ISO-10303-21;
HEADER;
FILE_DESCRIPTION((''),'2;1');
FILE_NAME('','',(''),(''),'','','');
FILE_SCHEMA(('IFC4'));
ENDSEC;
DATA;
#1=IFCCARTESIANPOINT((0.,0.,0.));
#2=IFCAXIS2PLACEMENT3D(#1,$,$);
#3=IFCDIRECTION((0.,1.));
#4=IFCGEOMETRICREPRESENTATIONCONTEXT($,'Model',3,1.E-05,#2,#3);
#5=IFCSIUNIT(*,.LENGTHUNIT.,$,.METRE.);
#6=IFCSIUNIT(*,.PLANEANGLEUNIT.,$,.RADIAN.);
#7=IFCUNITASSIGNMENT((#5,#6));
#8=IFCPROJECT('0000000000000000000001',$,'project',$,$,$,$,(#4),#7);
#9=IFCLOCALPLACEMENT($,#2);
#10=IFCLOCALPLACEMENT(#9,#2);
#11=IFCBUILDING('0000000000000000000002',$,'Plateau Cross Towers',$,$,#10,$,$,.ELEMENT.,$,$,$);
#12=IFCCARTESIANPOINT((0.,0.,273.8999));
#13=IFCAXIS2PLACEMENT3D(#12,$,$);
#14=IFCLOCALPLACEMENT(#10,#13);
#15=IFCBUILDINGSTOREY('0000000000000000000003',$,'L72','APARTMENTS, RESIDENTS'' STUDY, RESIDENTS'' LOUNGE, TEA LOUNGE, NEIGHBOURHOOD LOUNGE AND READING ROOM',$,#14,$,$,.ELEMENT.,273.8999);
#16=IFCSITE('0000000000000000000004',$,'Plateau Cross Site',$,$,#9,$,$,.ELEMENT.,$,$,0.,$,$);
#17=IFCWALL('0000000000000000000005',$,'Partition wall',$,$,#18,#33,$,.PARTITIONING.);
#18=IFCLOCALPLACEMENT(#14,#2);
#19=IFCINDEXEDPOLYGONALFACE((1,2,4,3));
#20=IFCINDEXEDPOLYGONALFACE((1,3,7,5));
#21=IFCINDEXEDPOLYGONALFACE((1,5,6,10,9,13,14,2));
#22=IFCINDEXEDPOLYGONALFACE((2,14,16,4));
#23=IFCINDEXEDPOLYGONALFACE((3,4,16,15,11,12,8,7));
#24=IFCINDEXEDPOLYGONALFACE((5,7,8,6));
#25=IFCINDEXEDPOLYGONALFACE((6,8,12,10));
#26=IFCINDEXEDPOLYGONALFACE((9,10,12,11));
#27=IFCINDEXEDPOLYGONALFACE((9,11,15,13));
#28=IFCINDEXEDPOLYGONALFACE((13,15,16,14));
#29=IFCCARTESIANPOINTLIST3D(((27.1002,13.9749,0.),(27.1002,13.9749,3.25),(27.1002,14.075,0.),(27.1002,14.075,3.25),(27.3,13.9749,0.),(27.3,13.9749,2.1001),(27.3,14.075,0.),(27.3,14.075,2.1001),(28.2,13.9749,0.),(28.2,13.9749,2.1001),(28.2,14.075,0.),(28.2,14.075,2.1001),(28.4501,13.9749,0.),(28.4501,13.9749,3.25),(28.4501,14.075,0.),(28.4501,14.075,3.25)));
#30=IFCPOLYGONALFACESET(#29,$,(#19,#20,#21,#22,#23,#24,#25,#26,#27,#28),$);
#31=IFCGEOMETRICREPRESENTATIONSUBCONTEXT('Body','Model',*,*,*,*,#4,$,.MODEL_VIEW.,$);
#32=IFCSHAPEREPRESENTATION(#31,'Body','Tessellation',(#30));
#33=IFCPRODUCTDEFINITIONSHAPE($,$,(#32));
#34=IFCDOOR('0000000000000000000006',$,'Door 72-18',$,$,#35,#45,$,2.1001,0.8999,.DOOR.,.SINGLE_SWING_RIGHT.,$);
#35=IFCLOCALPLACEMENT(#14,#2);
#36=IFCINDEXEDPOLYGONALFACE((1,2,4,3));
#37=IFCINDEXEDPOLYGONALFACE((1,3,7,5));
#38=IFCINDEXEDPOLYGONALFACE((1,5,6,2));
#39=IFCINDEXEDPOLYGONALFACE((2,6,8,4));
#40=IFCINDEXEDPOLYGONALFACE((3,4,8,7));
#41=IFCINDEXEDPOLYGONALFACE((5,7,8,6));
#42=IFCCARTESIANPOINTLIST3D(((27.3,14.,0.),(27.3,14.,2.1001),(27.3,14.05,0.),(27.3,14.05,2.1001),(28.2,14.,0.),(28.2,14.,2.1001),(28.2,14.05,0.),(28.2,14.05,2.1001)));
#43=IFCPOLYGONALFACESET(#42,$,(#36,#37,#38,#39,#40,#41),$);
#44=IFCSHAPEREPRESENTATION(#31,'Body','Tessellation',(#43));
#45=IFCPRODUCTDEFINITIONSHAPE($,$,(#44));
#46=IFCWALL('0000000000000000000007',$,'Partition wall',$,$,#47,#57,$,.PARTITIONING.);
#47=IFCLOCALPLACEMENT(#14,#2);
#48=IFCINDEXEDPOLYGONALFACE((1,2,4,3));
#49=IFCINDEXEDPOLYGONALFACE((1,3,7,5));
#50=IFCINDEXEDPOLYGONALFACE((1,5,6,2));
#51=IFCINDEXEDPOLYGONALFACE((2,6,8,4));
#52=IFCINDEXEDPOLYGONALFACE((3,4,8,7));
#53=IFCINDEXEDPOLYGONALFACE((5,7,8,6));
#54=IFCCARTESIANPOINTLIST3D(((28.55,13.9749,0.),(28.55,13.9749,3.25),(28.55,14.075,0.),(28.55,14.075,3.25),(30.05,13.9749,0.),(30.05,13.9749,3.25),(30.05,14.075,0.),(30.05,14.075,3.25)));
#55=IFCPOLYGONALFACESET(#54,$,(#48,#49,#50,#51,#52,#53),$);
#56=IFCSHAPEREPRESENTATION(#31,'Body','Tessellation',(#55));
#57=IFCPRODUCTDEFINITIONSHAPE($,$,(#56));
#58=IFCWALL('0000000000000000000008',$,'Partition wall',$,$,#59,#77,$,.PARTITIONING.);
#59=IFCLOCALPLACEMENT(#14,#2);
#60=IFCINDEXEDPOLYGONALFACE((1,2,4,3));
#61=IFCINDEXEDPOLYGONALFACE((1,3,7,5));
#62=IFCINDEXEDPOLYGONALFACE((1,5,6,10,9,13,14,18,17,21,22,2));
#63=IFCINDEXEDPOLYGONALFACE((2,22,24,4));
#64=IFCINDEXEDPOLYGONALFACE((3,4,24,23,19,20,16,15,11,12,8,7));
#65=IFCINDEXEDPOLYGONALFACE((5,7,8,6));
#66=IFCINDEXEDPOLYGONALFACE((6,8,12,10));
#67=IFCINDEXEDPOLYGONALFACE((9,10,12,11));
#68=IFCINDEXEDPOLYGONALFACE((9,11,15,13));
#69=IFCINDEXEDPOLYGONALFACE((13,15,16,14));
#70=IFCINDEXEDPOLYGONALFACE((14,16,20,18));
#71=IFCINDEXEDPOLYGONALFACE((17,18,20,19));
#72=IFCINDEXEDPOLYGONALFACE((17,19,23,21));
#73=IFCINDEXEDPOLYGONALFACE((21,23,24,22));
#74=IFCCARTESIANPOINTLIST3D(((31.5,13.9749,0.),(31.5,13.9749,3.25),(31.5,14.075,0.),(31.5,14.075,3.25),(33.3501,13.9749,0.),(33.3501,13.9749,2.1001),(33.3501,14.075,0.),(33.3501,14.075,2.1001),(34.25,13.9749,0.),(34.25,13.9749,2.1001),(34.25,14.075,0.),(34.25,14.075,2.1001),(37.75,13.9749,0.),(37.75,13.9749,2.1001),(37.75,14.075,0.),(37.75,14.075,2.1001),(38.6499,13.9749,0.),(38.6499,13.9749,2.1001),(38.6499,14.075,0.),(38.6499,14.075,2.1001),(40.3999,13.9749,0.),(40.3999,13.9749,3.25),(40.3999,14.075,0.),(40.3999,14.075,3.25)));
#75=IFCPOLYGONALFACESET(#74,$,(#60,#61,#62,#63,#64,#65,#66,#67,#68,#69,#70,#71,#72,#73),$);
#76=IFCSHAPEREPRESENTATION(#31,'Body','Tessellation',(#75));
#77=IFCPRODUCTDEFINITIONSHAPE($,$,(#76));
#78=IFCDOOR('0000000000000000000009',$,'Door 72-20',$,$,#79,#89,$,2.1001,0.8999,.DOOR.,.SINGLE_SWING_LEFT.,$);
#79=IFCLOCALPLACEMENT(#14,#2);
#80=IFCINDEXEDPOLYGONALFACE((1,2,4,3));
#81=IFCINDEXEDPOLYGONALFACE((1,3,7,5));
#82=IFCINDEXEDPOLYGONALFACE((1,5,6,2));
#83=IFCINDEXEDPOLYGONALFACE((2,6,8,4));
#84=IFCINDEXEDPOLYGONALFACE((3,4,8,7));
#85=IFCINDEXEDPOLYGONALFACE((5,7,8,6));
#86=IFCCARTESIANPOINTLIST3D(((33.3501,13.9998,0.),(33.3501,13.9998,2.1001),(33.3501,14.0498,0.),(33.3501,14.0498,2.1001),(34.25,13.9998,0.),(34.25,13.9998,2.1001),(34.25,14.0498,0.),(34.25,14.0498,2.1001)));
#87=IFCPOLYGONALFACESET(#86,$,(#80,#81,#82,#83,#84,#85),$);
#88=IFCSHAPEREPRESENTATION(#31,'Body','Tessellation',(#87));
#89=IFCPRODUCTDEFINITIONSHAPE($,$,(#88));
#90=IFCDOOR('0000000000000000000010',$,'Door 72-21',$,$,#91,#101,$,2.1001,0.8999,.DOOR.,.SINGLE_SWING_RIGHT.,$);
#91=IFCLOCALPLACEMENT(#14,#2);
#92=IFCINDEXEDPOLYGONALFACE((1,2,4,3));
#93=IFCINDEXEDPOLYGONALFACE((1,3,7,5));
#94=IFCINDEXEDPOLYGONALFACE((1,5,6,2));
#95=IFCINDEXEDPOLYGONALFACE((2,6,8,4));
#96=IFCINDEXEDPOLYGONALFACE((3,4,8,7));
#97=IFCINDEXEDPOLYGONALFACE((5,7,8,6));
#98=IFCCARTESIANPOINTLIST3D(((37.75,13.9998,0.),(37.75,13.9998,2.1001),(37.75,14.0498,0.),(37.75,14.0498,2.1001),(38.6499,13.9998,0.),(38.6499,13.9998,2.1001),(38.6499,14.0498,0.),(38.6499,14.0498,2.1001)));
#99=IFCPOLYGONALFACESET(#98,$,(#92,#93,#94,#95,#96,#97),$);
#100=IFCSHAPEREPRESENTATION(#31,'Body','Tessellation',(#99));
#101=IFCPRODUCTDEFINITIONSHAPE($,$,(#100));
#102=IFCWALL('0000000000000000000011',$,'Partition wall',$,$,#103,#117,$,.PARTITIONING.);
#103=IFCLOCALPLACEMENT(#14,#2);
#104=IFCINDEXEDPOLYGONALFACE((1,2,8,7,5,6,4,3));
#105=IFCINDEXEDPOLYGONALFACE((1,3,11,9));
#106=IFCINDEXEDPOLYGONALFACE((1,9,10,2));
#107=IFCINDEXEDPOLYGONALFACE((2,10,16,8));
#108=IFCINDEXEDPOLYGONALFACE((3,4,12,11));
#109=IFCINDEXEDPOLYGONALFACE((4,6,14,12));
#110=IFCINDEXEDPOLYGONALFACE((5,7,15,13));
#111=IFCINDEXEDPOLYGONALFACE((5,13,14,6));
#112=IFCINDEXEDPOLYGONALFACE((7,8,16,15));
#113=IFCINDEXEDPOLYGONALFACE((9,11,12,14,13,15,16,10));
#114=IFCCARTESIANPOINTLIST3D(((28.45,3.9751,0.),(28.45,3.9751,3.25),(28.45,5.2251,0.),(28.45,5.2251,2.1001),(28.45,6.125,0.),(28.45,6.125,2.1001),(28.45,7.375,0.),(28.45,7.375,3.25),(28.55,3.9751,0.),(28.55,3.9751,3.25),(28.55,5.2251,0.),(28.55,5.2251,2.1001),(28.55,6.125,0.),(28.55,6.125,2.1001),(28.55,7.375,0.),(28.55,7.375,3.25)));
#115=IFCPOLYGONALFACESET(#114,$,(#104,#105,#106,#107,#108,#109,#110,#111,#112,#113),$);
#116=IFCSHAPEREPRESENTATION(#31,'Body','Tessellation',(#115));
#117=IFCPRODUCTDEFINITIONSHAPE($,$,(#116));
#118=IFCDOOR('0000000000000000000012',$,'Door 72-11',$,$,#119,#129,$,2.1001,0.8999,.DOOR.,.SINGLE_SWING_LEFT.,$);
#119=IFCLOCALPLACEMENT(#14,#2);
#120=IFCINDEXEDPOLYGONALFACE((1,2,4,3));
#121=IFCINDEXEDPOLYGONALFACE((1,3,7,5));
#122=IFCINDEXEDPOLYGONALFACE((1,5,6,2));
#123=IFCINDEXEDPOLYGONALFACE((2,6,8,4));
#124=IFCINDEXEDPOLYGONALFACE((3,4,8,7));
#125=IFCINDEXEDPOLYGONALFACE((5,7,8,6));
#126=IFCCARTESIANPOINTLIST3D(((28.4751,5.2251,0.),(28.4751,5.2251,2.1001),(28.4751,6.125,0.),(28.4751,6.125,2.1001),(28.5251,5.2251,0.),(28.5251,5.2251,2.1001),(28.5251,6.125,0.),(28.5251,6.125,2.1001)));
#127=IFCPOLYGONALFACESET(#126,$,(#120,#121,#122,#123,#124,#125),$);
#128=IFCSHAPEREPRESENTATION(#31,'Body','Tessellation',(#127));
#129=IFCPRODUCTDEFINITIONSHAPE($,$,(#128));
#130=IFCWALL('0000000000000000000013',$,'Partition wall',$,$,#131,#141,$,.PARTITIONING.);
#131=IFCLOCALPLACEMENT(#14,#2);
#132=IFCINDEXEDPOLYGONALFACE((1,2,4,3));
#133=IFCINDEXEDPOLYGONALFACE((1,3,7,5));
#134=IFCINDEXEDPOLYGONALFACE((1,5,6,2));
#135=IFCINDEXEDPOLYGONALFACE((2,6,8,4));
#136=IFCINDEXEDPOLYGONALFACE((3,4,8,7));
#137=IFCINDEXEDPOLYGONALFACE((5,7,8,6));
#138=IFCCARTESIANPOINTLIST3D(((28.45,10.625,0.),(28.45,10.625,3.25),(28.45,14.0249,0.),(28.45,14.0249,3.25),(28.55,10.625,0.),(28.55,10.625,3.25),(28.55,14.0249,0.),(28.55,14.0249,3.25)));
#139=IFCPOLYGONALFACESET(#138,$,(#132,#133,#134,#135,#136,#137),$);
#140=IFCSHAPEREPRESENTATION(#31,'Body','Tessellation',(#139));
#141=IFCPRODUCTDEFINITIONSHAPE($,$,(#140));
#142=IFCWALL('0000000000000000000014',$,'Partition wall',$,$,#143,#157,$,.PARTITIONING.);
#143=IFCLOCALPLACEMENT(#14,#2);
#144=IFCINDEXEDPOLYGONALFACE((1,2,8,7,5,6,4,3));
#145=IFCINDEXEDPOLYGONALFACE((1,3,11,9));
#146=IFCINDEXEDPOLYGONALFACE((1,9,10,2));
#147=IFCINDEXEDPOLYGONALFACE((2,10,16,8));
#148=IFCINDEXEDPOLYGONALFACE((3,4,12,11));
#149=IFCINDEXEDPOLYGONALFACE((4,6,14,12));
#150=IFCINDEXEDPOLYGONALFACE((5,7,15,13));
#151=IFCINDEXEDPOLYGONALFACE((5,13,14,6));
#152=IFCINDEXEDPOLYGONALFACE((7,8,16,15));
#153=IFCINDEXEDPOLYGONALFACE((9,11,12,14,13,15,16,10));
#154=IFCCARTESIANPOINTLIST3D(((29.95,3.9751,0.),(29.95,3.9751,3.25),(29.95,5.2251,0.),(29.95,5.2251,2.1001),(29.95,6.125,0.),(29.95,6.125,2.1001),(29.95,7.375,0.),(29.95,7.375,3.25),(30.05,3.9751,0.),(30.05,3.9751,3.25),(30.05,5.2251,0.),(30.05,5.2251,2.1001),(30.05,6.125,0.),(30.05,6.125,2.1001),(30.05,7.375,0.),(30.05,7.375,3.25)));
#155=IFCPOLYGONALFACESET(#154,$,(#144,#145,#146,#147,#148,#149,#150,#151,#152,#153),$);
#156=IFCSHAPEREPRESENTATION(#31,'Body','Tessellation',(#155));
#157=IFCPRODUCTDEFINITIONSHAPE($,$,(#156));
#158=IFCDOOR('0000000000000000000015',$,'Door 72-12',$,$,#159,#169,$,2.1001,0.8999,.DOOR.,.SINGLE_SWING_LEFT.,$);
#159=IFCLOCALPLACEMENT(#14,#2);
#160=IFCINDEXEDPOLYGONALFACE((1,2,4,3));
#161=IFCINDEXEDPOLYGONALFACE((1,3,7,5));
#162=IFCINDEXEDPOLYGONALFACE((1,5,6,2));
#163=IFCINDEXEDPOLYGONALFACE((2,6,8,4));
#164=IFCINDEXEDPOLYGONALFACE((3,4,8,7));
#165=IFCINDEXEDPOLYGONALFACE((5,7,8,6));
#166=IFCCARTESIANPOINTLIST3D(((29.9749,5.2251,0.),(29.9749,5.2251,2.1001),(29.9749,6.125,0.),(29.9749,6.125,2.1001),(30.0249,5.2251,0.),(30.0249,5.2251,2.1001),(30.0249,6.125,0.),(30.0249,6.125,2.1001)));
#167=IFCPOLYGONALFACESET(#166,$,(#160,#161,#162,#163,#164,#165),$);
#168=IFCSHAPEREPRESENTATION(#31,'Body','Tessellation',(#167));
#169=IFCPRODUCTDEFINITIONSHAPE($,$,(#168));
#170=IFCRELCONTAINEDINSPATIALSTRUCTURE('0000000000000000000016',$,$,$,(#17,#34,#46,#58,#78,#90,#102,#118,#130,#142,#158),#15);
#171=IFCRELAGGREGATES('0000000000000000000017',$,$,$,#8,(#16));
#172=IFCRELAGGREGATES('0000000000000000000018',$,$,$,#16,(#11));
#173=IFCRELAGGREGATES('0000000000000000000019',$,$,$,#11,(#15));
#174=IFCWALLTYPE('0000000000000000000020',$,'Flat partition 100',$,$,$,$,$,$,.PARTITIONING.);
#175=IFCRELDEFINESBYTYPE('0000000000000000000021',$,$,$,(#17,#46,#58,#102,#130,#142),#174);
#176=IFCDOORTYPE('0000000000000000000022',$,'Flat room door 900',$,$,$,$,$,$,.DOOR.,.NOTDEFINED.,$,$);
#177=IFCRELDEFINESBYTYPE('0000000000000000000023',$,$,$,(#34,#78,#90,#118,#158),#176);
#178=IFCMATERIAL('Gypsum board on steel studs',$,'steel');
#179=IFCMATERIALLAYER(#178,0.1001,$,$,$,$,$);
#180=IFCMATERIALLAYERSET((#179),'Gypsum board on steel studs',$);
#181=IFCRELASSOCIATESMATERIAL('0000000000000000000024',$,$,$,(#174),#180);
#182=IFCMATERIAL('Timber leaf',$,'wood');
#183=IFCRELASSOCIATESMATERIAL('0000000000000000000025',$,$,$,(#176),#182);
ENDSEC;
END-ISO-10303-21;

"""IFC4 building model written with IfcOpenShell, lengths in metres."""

from ifc_helpers import new_model, si_unit, direction, frame, frame_2d, origin, place, context, subcontext, project, spatial, rectangle, extrude, material, layer, layer_set, type_object, element, fill, save


model = new_model("IFC4")

# Units and contexts
model_context = context("Model", 3, precision=1e-05, world=origin(), true_north=direction((0.0, 1.0)))
body_context = subcontext(model_context, "Body", "Model", "MODEL_VIEW")
ifc_project = project(units=[si_unit("LENGTHUNIT", "METRE"), si_unit("PLANEANGLEUNIT", "RADIAN")], contexts=[model_context])

# Site, building, storey
site_placement = place(None, origin())
site = spatial("IfcSite", under=ifc_project, at=site_placement, Name="Plateau Cross Site", CompositionType="ELEMENT", RefElevation=0.0)
building_placement = place(site_placement, origin())
building = spatial("IfcBuilding", under=site, at=building_placement, Name="Plateau Cross Towers", CompositionType="ELEMENT")
storey_placement = place(building_placement, frame((0.0, 0.0, 273.8999)))
storey = spatial("IfcBuildingStorey", under=building, at=storey_placement, Name="L72", Description="APARTMENTS, RESIDENTS' STUDY, RESIDENTS' LOUNGE, TEA LOUNGE, NEIGHBOURHOOD LOUNGE AND READING ROOM", CompositionType="ELEMENT", Elevation=273.8999)

# Shared definitions
ifc_material_1 = material(Name="Gypsum board on steel studs", Category="steel")
ifc_layer_1 = layer(ifc_material_1, 0.1001)
ifc_layer_set_1 = layer_set([ifc_layer_1], Name="Gypsum board on steel studs")
wall_type_1 = type_object("IfcWallType", Name="Flat partition 100", PredefinedType="PARTITIONING", material=ifc_layer_set_1)

# Wall, opening, door
wall_1_placement = place(storey_placement, frame((28.45, 14.0249, 0.0), z_axis=(0.0, 0.0, 1.0), x_axis=(-1.0, 0.0, 0.0)))
wall_1 = element("IfcWall", 1, at=wall_1_placement, inside=storey, type_object=wall_type_1, Name="Partition wall", PredefinedType="PARTITIONING", context=body_context, shape_type="SweptSolid", body=[
    extrude(rectangle(XDim=1.3499, YDim=0.1001, at=frame_2d((0.6748, 0.0))), origin(), (0.0, 0.0, 1.0), 3.25),
])
opening_1_placement = place(wall_1_placement, frame((0.25, 0.0, 0.0)))
opening_1 = element("IfcOpeningElement", 2, at=opening_1_placement, cuts=wall_1, PredefinedType="OPENING", context=body_context, shape_type="SweptSolid", body=[
    extrude(rectangle(XDim=0.8999, YDim=2.1001, at=frame_2d((0.45, 1.05))), frame((0.0, 0.0601, 0.0), z_axis=(0.0, -1.0, 0.0), x_axis=(1.0, 0.0, 0.0)), (0.0, 0.0, 1.0), 0.1201),
])
ifc_material_2 = material(Name="Timber leaf", Category="wood")
door_type = type_object("IfcDoorType", Name="Flat room door 900", OperationType="NOTDEFINED", PredefinedType="DOOR", material=ifc_material_2)
door_1_placement = place(opening_1_placement, origin())
door_1 = element("IfcDoor", 3, at=door_1_placement, inside=storey, type_object=door_type, Name="Door 72-18", OperationType="SINGLE_SWING_RIGHT", OverallHeight=2.1001, OverallWidth=0.8999, PredefinedType="DOOR", context=body_context, shape_type="SweptSolid", body=[
    extrude(rectangle(XDim=0.8999, YDim=2.1001, at=frame_2d((0.45, 1.05))), frame((0.0, 0.0249, 0.0), z_axis=(0.0, -1.0, 0.0), x_axis=(1.0, 0.0, 0.0)), (0.0, 0.0, 1.0), 0.05),
])
fill(opening_1, door_1)

# Wall
wall_2_placement = place(storey_placement, frame((30.05, 14.0249, 0.0), z_axis=(0.0, 0.0, 1.0), x_axis=(-1.0, 0.0, 0.0)))
element("IfcWall", 4, at=wall_2_placement, inside=storey, type_object=wall_type_1, Name="Partition wall", PredefinedType="PARTITIONING", context=body_context, shape_type="SweptSolid", body=[
    extrude(rectangle(XDim=1.5, YDim=0.1001, at=frame_2d((0.75, 0.0))), origin(), (0.0, 0.0, 1.0), 3.25),
])

# Wall, openings, doors
wall_3_placement = place(storey_placement, frame((31.5, 14.0249, 0.0), z_axis=(0.0, 0.0, 1.0), x_axis=(1.0, 0.0, 0.0)))
wall_3 = element("IfcWall", 5, at=wall_3_placement, inside=storey, type_object=wall_type_1, Name="Partition wall", PredefinedType="PARTITIONING", context=body_context, shape_type="SweptSolid", body=[
    extrude(rectangle(XDim=8.8999, YDim=0.1001, at=frame_2d((4.45, 0.0))), origin(), (0.0, 0.0, 1.0), 3.25),
])
opening_2_placement = place(wall_3_placement, frame((1.8501, 0.0, 0.0)))
opening_2 = element("IfcOpeningElement", 6, at=opening_2_placement, cuts=wall_3, PredefinedType="OPENING", context=body_context, shape_type="SweptSolid", body=[
    extrude(rectangle(XDim=0.8999, YDim=2.1001, at=frame_2d((0.45, 1.05))), frame((0.0, 0.0601, 0.0), z_axis=(0.0, -1.0, 0.0), x_axis=(1.0, 0.0, 0.0)), (0.0, 0.0, 1.0), 0.1201),
])
opening_3_placement = place(wall_3_placement, frame((6.25, 0.0, 0.0)))
opening_3 = element("IfcOpeningElement", 7, at=opening_3_placement, cuts=wall_3, PredefinedType="OPENING", context=body_context, shape_type="SweptSolid", body=[
    extrude(rectangle(XDim=0.8999, YDim=2.1001, at=frame_2d((0.45, 1.05))), frame((0.0, 0.0601, 0.0), z_axis=(0.0, -1.0, 0.0), x_axis=(1.0, 0.0, 0.0)), (0.0, 0.0, 1.0), 0.1201),
])
door_2_placement = place(opening_2_placement, origin())
door_2 = element("IfcDoor", 8, at=door_2_placement, inside=storey, type_object=door_type, Name="Door 72-20", OperationType="SINGLE_SWING_LEFT", OverallHeight=2.1001, OverallWidth=0.8999, PredefinedType="DOOR", context=body_context, shape_type="SweptSolid", body=[
    extrude(rectangle(XDim=0.8999, YDim=2.1001, at=frame_2d((0.45, 1.05))), frame((0.0, 0.0249, 0.0), z_axis=(0.0, -1.0, 0.0), x_axis=(1.0, 0.0, 0.0)), (0.0, 0.0, 1.0), 0.05),
])
fill(opening_2, door_2)
door_3_placement = place(opening_3_placement, origin())
door_3 = element("IfcDoor", 9, at=door_3_placement, inside=storey, type_object=door_type, Name="Door 72-21", OperationType="SINGLE_SWING_RIGHT", OverallHeight=2.1001, OverallWidth=0.8999, PredefinedType="DOOR", context=body_context, shape_type="SweptSolid", body=[
    extrude(rectangle(XDim=0.8999, YDim=2.1001, at=frame_2d((0.45, 1.05))), frame((0.0, 0.0249, 0.0), z_axis=(0.0, -1.0, 0.0), x_axis=(1.0, 0.0, 0.0)), (0.0, 0.0, 1.0), 0.05),
])
fill(opening_3, door_3)

# Wall, opening, door
wall_4_placement = place(storey_placement, frame((28.5, 3.9751, 0.0), z_axis=(0.0, 0.0, 1.0), x_axis=(0.0, 1.0, 0.0)))
wall_4 = element("IfcWall", 10, at=wall_4_placement, inside=storey, type_object=wall_type_1, Name="Partition wall", PredefinedType="PARTITIONING", context=body_context, shape_type="SweptSolid", body=[
    extrude(rectangle(XDim=3.3999, YDim=0.1001, at=frame_2d((1.7, 0.0))), origin(), (0.0, 0.0, 1.0), 3.25),
])
opening_4_placement = place(wall_4_placement, frame((1.25, 0.0, 0.0)))
opening_4 = element("IfcOpeningElement", 11, at=opening_4_placement, cuts=wall_4, PredefinedType="OPENING", context=body_context, shape_type="SweptSolid", body=[
    extrude(rectangle(XDim=0.8999, YDim=2.1001, at=frame_2d((0.45, 1.05))), frame((0.0, 0.0601, 0.0), z_axis=(0.0, -1.0, 0.0), x_axis=(1.0, 0.0, 0.0)), (0.0, 0.0, 1.0), 0.1201),
])
door_4_placement = place(opening_4_placement, origin())
door_4 = element("IfcDoor", 12, at=door_4_placement, inside=storey, type_object=door_type, Name="Door 72-11", OperationType="SINGLE_SWING_LEFT", OverallHeight=2.1001, OverallWidth=0.8999, PredefinedType="DOOR", context=body_context, shape_type="SweptSolid", body=[
    extrude(rectangle(XDim=0.8999, YDim=2.1001, at=frame_2d((0.45, 1.05))), frame((0.0, 0.0249, 0.0), z_axis=(0.0, -1.0, 0.0), x_axis=(1.0, 0.0, 0.0)), (0.0, 0.0, 1.0), 0.05),
])
fill(opening_4, door_4)

# Wall
wall_5_placement = place(storey_placement, frame((28.5, 10.625, 0.0), z_axis=(0.0, 0.0, 1.0), x_axis=(0.0, 1.0, 0.0)))
element("IfcWall", 13, at=wall_5_placement, inside=storey, type_object=wall_type_1, Name="Partition wall", PredefinedType="PARTITIONING", context=body_context, shape_type="SweptSolid", body=[
    extrude(rectangle(XDim=3.3999, YDim=0.1001, at=frame_2d((1.7, 0.0))), origin(), (0.0, 0.0, 1.0), 3.25),
])

# Wall, opening, door
wall_6_placement = place(storey_placement, frame((30.0, 7.375, 0.0), z_axis=(0.0, 0.0, 1.0), x_axis=(0.0, -1.0, 0.0)))
wall_6 = element("IfcWall", 14, at=wall_6_placement, inside=storey, type_object=wall_type_1, Name="Partition wall", PredefinedType="PARTITIONING", context=body_context, shape_type="SweptSolid", body=[
    extrude(rectangle(XDim=3.3999, YDim=0.1001, at=frame_2d((1.7, 0.0))), origin(), (0.0, 0.0, 1.0), 3.25),
])
opening_5_placement = place(wall_6_placement, frame((1.25, 0.0, 0.0)))
opening_5 = element("IfcOpeningElement", 15, at=opening_5_placement, cuts=wall_6, PredefinedType="OPENING", context=body_context, shape_type="SweptSolid", body=[
    extrude(rectangle(XDim=0.8999, YDim=2.1001, at=frame_2d((0.45, 1.05))), frame((0.0, 0.0601, 0.0), z_axis=(0.0, -1.0, 0.0), x_axis=(1.0, 0.0, 0.0)), (0.0, 0.0, 1.0), 0.1201),
])
door_5_placement = place(opening_5_placement, origin())
door_5 = element("IfcDoor", 16, at=door_5_placement, inside=storey, type_object=door_type, Name="Door 72-12", OperationType="SINGLE_SWING_LEFT", OverallHeight=2.1001, OverallWidth=0.8999, PredefinedType="DOOR", context=body_context, shape_type="SweptSolid", body=[
    extrude(rectangle(XDim=0.8999, YDim=2.1001, at=frame_2d((0.45, 1.05))), frame((0.0, 0.0249, 0.0), z_axis=(0.0, -1.0, 0.0), x_axis=(1.0, 0.0, 0.0)), (0.0, 0.0, 1.0), 0.05),
])
fill(opening_5, door_5)

save(model, "model.ifc")
